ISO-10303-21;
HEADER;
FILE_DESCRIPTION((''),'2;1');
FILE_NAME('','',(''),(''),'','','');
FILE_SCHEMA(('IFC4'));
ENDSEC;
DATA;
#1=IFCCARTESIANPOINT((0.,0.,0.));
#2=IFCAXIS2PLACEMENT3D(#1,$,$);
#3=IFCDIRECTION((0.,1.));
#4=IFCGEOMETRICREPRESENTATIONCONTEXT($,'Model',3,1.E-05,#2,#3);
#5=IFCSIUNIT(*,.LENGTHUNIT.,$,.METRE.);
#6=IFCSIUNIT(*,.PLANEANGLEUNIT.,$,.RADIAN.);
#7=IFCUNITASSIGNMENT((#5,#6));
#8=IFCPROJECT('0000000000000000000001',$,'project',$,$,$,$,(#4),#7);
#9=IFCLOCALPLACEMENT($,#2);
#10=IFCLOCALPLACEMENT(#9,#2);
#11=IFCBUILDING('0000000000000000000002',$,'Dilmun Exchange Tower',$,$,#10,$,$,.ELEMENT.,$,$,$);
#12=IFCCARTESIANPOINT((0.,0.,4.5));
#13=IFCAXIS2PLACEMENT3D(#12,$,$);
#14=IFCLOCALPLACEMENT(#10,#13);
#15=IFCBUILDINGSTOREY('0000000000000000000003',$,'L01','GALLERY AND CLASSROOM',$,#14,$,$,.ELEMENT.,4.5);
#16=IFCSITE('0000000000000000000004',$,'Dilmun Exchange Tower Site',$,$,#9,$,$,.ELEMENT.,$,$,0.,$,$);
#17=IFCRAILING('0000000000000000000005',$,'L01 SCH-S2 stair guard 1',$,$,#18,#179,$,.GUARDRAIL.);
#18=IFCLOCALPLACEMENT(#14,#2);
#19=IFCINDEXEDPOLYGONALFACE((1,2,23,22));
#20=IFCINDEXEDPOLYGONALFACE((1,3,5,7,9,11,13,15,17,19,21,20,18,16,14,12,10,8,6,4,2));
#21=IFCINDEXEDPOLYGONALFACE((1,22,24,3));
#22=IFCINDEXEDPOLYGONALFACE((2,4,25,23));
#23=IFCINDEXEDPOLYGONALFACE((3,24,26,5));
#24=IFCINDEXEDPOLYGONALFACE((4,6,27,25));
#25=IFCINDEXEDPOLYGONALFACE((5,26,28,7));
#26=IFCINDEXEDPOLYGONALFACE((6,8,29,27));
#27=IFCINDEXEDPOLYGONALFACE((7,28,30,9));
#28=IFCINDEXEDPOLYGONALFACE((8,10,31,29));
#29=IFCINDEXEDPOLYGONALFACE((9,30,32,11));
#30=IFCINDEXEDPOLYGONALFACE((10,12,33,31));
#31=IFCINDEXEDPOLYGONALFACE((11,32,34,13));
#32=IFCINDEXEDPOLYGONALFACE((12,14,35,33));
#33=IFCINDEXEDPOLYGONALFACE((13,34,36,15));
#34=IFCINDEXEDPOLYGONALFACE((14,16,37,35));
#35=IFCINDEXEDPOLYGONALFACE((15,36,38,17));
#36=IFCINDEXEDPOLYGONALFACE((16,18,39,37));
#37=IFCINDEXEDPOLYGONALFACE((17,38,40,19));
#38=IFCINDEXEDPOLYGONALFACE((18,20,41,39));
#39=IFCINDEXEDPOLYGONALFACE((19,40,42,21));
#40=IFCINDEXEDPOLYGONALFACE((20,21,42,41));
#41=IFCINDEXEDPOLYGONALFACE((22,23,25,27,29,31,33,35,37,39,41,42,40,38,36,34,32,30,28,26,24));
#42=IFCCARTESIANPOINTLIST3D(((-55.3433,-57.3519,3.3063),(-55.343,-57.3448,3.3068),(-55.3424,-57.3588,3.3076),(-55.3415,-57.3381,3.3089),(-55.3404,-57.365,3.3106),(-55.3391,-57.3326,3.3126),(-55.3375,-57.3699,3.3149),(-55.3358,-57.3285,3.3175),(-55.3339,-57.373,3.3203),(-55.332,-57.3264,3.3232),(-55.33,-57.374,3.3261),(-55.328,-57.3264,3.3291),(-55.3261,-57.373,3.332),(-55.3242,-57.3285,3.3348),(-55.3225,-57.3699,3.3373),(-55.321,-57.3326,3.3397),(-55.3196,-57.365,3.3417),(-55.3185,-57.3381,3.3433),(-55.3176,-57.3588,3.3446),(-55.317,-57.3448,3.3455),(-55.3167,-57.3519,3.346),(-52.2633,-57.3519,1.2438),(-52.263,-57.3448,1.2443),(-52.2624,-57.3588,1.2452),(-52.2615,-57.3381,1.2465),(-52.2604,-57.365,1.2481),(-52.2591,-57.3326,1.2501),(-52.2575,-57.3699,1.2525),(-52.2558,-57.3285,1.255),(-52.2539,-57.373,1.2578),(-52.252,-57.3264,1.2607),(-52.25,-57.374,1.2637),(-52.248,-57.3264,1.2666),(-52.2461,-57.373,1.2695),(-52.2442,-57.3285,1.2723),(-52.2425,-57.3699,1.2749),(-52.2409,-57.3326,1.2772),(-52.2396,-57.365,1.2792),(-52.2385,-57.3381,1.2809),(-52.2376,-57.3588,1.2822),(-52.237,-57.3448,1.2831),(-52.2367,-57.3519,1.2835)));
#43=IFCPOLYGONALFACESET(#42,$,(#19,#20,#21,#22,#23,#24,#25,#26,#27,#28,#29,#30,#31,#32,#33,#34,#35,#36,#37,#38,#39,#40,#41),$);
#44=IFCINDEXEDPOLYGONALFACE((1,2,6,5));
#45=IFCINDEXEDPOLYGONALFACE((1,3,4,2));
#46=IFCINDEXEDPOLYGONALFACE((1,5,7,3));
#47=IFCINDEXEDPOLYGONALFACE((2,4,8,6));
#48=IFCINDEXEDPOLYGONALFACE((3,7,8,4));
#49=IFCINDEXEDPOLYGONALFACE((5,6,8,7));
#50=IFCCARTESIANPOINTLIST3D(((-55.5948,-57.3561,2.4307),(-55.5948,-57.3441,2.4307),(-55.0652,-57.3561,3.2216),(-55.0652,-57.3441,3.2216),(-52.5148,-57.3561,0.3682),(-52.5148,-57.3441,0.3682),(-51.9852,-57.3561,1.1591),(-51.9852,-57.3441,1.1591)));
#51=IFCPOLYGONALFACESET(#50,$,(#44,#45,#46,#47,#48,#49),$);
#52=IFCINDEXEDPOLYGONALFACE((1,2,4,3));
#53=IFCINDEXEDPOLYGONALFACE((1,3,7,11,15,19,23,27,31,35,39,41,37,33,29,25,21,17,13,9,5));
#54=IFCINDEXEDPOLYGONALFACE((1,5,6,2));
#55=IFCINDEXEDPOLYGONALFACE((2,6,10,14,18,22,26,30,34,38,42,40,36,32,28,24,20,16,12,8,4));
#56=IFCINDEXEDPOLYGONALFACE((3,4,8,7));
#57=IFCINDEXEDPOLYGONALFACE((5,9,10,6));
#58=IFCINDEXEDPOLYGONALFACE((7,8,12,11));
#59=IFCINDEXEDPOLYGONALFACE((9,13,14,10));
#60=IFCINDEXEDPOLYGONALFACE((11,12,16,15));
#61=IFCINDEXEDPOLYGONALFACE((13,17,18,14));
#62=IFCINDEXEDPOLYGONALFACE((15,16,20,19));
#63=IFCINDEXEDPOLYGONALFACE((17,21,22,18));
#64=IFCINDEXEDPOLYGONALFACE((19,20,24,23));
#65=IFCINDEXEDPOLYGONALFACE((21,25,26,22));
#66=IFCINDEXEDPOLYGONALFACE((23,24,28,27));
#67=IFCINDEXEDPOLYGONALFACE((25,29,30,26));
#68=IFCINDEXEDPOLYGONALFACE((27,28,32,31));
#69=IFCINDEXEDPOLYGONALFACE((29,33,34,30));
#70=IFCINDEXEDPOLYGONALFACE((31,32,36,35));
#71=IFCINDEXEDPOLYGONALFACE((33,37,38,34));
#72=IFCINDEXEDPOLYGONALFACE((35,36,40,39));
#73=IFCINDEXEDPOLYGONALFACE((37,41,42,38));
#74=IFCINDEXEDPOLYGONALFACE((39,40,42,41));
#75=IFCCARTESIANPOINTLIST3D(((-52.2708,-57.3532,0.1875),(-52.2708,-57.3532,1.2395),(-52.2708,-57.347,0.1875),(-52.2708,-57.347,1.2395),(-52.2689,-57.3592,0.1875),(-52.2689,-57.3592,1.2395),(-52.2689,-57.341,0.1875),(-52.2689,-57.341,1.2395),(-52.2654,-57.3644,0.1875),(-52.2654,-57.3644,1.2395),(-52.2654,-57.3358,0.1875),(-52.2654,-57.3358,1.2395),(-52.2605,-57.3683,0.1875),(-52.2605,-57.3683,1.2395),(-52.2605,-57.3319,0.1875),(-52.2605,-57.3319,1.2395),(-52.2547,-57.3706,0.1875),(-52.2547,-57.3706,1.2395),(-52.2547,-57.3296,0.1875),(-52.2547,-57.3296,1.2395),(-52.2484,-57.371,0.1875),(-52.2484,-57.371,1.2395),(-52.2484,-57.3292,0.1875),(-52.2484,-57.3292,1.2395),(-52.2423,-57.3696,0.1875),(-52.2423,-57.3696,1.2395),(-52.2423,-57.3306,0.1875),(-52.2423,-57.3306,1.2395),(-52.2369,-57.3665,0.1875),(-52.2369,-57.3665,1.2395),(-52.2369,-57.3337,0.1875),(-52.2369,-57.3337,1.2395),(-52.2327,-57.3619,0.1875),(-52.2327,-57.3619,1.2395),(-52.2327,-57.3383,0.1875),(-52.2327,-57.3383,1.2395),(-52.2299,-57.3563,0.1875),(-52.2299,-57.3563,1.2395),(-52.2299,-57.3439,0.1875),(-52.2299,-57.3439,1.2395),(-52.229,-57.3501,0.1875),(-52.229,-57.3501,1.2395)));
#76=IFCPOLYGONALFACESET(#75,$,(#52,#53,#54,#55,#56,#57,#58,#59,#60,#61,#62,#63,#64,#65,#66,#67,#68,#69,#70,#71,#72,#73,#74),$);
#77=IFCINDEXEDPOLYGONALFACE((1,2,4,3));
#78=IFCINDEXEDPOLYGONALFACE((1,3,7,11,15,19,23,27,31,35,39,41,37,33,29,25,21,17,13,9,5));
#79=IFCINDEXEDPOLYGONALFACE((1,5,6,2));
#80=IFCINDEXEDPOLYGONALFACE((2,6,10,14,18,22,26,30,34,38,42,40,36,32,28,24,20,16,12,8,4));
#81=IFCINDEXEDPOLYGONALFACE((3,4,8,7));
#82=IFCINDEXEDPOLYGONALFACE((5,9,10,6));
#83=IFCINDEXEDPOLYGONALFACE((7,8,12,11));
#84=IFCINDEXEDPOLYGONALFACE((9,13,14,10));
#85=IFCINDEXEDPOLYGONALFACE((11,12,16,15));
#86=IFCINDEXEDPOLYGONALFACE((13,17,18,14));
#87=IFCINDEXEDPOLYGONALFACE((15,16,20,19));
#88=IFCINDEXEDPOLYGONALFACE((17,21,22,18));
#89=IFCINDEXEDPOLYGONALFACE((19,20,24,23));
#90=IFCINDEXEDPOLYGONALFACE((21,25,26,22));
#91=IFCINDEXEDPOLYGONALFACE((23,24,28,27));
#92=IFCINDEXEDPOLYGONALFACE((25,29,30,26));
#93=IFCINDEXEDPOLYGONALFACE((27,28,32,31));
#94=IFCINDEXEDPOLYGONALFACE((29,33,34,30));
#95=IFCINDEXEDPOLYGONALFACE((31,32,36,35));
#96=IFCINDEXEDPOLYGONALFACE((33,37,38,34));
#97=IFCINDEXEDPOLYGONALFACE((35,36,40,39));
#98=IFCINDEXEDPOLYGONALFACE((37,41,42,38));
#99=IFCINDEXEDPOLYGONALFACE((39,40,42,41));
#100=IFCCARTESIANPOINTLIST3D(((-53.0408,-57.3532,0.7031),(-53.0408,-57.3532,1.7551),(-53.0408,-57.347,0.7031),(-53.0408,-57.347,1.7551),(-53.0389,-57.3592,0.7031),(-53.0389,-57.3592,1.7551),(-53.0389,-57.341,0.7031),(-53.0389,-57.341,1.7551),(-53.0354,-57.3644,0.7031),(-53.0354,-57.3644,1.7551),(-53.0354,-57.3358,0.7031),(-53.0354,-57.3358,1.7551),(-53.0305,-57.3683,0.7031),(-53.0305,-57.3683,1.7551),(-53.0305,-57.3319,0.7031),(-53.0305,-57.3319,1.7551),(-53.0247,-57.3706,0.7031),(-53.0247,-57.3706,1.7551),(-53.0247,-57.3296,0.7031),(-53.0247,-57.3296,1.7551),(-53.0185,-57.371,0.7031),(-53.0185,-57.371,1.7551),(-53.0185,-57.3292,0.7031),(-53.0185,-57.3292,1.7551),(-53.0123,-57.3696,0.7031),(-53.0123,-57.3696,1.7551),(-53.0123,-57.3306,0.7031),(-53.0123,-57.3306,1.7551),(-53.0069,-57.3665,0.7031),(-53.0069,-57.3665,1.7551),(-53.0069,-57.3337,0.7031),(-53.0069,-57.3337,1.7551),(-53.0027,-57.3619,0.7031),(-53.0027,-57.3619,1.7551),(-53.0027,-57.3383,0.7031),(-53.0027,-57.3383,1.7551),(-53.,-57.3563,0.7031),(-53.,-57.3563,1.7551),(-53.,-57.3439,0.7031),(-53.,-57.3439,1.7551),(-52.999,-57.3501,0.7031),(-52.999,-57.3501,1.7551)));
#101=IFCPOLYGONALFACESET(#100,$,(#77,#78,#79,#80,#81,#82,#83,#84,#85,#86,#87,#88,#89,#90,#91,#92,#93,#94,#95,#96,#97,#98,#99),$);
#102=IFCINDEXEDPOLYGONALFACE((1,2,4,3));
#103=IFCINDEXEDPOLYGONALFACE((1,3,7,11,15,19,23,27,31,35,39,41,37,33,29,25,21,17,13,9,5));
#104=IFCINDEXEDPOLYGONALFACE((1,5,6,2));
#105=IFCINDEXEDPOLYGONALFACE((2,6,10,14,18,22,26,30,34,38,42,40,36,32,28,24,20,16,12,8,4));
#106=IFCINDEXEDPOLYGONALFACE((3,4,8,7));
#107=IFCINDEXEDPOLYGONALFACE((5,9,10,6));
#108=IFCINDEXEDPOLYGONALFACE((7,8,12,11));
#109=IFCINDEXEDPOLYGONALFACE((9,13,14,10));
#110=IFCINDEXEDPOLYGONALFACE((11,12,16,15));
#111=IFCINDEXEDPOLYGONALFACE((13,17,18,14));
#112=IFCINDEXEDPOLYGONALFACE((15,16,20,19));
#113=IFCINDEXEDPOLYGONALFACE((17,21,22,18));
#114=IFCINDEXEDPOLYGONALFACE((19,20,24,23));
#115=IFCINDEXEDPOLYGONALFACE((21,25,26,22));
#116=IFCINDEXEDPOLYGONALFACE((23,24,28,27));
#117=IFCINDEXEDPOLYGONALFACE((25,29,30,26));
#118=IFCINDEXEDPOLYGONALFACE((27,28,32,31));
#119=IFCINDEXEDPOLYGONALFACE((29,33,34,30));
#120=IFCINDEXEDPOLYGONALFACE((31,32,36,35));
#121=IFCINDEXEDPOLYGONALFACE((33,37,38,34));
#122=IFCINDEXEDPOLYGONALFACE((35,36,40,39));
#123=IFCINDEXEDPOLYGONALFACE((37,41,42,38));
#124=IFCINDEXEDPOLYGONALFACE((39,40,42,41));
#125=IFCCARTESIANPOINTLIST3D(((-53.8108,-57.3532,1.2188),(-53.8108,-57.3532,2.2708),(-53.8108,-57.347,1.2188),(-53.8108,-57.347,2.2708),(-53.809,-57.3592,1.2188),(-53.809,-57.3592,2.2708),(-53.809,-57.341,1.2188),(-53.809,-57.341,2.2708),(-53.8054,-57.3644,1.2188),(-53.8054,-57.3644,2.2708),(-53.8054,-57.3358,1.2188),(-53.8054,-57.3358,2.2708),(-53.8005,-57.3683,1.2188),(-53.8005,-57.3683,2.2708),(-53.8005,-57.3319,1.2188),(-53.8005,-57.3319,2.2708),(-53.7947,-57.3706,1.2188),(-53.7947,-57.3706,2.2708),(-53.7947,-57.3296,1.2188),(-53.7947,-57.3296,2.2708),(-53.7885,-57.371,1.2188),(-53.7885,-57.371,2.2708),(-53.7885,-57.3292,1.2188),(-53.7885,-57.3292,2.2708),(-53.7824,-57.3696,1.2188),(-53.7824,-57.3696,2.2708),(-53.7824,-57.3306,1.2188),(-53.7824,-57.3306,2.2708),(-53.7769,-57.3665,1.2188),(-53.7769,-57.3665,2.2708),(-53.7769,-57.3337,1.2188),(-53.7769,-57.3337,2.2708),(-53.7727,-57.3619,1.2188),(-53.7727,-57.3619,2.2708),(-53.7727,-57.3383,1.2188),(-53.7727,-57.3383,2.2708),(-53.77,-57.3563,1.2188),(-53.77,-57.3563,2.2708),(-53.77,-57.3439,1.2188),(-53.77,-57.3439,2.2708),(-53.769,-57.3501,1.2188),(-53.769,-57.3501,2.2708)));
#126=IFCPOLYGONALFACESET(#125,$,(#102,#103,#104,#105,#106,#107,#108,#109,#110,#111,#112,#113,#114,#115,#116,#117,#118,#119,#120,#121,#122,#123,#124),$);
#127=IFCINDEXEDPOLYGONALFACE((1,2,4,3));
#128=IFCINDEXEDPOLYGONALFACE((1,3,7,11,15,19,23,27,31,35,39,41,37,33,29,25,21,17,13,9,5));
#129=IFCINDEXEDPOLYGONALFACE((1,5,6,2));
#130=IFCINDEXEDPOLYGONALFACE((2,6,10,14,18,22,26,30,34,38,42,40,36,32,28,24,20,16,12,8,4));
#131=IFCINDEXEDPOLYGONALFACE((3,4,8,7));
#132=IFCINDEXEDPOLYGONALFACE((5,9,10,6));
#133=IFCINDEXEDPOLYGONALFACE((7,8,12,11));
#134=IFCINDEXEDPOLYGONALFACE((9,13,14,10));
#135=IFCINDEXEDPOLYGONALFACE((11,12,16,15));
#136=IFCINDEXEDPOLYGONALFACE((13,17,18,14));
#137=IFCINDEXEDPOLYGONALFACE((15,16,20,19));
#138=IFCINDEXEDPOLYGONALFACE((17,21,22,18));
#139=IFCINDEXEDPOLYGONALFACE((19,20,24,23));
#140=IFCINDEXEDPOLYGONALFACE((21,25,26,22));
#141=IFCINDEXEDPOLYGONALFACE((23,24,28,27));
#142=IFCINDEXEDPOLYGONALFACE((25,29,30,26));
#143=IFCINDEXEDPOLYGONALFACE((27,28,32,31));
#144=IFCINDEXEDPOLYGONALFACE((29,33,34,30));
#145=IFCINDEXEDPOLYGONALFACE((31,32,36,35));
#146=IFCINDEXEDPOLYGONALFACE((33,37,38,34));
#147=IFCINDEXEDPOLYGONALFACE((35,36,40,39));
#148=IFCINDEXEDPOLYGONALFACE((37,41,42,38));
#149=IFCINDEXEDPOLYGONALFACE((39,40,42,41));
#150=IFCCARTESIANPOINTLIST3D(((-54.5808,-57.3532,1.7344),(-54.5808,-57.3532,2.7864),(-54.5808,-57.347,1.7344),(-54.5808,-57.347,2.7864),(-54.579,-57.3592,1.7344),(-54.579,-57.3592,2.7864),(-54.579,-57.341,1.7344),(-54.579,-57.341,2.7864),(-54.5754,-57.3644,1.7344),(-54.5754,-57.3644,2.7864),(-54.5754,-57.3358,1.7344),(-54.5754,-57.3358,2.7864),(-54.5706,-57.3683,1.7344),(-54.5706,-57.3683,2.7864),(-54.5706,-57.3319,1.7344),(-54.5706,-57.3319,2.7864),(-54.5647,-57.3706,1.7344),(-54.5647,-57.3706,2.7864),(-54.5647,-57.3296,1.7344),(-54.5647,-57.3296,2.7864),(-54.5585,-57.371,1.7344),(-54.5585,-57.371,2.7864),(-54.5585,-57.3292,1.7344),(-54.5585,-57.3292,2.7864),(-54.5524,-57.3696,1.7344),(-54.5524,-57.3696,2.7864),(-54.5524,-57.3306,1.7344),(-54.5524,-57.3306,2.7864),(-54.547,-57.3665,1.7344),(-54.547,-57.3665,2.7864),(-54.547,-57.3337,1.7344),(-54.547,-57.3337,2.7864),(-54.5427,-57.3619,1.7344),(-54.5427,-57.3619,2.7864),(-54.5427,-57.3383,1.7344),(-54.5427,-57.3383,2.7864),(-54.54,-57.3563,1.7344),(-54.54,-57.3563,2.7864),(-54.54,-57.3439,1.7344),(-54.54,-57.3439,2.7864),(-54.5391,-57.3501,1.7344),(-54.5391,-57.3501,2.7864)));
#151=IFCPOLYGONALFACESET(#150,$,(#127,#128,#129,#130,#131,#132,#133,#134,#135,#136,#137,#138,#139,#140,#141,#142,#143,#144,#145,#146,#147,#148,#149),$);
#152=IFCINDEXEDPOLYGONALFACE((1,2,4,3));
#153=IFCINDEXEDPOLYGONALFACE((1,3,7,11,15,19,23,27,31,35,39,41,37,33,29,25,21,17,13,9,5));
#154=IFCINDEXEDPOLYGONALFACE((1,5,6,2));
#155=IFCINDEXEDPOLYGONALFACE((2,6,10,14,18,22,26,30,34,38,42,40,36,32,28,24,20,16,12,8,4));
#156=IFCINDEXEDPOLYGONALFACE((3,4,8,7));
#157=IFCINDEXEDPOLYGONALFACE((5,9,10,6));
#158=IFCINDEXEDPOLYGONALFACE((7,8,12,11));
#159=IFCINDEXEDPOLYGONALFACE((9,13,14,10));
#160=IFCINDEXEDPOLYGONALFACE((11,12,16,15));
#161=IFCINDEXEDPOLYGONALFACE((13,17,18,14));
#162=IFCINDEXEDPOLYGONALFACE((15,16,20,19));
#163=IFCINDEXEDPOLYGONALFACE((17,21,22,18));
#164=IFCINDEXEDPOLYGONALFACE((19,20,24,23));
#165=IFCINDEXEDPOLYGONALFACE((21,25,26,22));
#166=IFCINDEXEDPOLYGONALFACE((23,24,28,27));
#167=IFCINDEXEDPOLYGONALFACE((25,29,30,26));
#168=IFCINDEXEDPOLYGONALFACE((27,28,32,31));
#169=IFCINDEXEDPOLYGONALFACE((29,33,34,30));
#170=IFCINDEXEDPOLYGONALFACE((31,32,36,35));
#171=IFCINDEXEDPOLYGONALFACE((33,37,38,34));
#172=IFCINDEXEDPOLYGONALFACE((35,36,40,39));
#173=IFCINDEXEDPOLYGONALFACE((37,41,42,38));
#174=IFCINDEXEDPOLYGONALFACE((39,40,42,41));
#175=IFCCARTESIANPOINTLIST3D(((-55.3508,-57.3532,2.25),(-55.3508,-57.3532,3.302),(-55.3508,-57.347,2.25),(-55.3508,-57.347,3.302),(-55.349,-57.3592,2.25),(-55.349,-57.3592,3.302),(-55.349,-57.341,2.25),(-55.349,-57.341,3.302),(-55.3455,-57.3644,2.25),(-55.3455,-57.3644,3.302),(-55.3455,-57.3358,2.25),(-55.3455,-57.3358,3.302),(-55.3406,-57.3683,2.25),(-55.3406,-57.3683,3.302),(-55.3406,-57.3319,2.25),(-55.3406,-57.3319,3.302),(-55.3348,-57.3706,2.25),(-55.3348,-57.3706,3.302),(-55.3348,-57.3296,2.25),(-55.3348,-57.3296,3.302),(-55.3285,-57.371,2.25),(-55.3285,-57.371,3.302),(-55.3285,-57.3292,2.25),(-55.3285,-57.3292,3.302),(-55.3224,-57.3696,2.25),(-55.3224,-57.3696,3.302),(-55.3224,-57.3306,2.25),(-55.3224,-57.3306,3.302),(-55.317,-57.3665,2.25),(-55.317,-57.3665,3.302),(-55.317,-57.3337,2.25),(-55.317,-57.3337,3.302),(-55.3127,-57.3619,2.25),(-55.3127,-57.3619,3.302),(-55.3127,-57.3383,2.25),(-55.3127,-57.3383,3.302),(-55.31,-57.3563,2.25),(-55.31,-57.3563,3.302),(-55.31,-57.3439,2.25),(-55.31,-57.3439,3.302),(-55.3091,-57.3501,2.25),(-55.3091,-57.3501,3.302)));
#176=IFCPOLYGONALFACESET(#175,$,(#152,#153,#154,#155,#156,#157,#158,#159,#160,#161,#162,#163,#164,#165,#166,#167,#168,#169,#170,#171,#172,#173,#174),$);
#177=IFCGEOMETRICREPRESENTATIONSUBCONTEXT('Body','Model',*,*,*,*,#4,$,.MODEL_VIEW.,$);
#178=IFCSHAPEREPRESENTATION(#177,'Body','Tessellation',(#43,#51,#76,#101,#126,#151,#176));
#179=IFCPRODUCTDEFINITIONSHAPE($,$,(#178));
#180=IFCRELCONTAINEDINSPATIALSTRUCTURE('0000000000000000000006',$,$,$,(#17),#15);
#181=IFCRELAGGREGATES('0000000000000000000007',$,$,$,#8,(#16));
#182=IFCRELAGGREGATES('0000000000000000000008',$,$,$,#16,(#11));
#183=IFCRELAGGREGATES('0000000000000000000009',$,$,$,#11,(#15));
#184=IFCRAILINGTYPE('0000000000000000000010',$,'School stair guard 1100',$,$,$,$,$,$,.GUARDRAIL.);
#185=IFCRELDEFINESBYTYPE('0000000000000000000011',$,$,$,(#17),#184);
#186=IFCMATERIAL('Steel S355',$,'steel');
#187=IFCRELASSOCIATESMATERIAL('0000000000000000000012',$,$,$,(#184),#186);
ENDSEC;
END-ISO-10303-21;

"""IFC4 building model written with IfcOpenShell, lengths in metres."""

from ifc_helpers import new_model, si_unit, direction, frame, origin, origin_2d, place, context, subcontext, project, spatial, rectangle, circle, extrude, material, type_object, element, save


model = new_model("IFC4")

# Units and contexts
model_context = context("Model", 3, precision=1e-05, world=origin(), true_north=direction((0.0, 1.0)))
body_context = subcontext(model_context, "Body", "Model", "MODEL_VIEW")
ifc_project = project(units=[si_unit("LENGTHUNIT", "METRE"), si_unit("PLANEANGLEUNIT", "RADIAN")], contexts=[model_context])

# Site, building, storey
site_placement = place(None, origin())
site = spatial("IfcSite", under=ifc_project, at=site_placement, Name="Dilmun Exchange Tower Site", CompositionType="ELEMENT", RefElevation=0.0)
building_placement = place(site_placement, origin())
building = spatial("IfcBuilding", under=site, at=building_placement, Name="Dilmun Exchange Tower", CompositionType="ELEMENT")
storey_placement = place(building_placement, frame((0.0, 0.0, 4.5)))
storey = spatial("IfcBuildingStorey", under=building, at=storey_placement, Name="L01", Description="GALLERY AND CLASSROOM", CompositionType="ELEMENT", Elevation=4.5)

# Railing
ifc_material_1 = material(Name="Steel S355", Category="steel")
railing_type_1 = type_object("IfcRailingType", Name="School stair guard 1100", PredefinedType="GUARDRAIL", material=ifc_material_1)
railing_1_placement = place(storey_placement, frame((-52.25, -57.3501, 0.1875)))
element("IfcRailing", 1, at=railing_1_placement, inside=storey, type_object=railing_type_1, Name="L01 SCH-S2 stair guard 1", PredefinedType="GUARDRAIL", context=body_context, shape_type="SweptSolid", body=[
    extrude(circle(Radius=0.0239, at=origin_2d()), frame((0.0, 0.0, 1.0762), z_axis=(-0.830914, 0.0, 0.556401), x_axis=(0.0, -1.0, 0.0)), (0.0, 0.0, 1.0), 3.7068),
    extrude(rectangle(XDim=0.012, YDim=0.9519, at=origin_2d()), frame((0.0, 0.0, 0.5762), z_axis=(-0.830914, 0.0, 0.556401), x_axis=(0.0, -1.0, 0.0)), (0.0, 0.0, 1.0), 3.7068),
    extrude(circle(Radius=0.021, at=origin_2d()), origin(), (0.0, 0.0, 1.0), 1.052),
    extrude(circle(Radius=0.021, at=origin_2d()), frame((-0.77, 0.0, 0.5156)), (0.0, 0.0, 1.0), 1.052),
    extrude(circle(Radius=0.021, at=origin_2d()), frame((-1.54, 0.0, 1.0312)), (0.0, 0.0, 1.0), 1.052),
    extrude(circle(Radius=0.021, at=origin_2d()), frame((-2.3101, 0.0, 1.5469)), (0.0, 0.0, 1.0), 1.052),
    extrude(circle(Radius=0.021, at=origin_2d()), frame((-3.0801, 0.0, 2.0625)), (0.0, 0.0, 1.0), 1.052),
])

save(model, "model.ifc")
